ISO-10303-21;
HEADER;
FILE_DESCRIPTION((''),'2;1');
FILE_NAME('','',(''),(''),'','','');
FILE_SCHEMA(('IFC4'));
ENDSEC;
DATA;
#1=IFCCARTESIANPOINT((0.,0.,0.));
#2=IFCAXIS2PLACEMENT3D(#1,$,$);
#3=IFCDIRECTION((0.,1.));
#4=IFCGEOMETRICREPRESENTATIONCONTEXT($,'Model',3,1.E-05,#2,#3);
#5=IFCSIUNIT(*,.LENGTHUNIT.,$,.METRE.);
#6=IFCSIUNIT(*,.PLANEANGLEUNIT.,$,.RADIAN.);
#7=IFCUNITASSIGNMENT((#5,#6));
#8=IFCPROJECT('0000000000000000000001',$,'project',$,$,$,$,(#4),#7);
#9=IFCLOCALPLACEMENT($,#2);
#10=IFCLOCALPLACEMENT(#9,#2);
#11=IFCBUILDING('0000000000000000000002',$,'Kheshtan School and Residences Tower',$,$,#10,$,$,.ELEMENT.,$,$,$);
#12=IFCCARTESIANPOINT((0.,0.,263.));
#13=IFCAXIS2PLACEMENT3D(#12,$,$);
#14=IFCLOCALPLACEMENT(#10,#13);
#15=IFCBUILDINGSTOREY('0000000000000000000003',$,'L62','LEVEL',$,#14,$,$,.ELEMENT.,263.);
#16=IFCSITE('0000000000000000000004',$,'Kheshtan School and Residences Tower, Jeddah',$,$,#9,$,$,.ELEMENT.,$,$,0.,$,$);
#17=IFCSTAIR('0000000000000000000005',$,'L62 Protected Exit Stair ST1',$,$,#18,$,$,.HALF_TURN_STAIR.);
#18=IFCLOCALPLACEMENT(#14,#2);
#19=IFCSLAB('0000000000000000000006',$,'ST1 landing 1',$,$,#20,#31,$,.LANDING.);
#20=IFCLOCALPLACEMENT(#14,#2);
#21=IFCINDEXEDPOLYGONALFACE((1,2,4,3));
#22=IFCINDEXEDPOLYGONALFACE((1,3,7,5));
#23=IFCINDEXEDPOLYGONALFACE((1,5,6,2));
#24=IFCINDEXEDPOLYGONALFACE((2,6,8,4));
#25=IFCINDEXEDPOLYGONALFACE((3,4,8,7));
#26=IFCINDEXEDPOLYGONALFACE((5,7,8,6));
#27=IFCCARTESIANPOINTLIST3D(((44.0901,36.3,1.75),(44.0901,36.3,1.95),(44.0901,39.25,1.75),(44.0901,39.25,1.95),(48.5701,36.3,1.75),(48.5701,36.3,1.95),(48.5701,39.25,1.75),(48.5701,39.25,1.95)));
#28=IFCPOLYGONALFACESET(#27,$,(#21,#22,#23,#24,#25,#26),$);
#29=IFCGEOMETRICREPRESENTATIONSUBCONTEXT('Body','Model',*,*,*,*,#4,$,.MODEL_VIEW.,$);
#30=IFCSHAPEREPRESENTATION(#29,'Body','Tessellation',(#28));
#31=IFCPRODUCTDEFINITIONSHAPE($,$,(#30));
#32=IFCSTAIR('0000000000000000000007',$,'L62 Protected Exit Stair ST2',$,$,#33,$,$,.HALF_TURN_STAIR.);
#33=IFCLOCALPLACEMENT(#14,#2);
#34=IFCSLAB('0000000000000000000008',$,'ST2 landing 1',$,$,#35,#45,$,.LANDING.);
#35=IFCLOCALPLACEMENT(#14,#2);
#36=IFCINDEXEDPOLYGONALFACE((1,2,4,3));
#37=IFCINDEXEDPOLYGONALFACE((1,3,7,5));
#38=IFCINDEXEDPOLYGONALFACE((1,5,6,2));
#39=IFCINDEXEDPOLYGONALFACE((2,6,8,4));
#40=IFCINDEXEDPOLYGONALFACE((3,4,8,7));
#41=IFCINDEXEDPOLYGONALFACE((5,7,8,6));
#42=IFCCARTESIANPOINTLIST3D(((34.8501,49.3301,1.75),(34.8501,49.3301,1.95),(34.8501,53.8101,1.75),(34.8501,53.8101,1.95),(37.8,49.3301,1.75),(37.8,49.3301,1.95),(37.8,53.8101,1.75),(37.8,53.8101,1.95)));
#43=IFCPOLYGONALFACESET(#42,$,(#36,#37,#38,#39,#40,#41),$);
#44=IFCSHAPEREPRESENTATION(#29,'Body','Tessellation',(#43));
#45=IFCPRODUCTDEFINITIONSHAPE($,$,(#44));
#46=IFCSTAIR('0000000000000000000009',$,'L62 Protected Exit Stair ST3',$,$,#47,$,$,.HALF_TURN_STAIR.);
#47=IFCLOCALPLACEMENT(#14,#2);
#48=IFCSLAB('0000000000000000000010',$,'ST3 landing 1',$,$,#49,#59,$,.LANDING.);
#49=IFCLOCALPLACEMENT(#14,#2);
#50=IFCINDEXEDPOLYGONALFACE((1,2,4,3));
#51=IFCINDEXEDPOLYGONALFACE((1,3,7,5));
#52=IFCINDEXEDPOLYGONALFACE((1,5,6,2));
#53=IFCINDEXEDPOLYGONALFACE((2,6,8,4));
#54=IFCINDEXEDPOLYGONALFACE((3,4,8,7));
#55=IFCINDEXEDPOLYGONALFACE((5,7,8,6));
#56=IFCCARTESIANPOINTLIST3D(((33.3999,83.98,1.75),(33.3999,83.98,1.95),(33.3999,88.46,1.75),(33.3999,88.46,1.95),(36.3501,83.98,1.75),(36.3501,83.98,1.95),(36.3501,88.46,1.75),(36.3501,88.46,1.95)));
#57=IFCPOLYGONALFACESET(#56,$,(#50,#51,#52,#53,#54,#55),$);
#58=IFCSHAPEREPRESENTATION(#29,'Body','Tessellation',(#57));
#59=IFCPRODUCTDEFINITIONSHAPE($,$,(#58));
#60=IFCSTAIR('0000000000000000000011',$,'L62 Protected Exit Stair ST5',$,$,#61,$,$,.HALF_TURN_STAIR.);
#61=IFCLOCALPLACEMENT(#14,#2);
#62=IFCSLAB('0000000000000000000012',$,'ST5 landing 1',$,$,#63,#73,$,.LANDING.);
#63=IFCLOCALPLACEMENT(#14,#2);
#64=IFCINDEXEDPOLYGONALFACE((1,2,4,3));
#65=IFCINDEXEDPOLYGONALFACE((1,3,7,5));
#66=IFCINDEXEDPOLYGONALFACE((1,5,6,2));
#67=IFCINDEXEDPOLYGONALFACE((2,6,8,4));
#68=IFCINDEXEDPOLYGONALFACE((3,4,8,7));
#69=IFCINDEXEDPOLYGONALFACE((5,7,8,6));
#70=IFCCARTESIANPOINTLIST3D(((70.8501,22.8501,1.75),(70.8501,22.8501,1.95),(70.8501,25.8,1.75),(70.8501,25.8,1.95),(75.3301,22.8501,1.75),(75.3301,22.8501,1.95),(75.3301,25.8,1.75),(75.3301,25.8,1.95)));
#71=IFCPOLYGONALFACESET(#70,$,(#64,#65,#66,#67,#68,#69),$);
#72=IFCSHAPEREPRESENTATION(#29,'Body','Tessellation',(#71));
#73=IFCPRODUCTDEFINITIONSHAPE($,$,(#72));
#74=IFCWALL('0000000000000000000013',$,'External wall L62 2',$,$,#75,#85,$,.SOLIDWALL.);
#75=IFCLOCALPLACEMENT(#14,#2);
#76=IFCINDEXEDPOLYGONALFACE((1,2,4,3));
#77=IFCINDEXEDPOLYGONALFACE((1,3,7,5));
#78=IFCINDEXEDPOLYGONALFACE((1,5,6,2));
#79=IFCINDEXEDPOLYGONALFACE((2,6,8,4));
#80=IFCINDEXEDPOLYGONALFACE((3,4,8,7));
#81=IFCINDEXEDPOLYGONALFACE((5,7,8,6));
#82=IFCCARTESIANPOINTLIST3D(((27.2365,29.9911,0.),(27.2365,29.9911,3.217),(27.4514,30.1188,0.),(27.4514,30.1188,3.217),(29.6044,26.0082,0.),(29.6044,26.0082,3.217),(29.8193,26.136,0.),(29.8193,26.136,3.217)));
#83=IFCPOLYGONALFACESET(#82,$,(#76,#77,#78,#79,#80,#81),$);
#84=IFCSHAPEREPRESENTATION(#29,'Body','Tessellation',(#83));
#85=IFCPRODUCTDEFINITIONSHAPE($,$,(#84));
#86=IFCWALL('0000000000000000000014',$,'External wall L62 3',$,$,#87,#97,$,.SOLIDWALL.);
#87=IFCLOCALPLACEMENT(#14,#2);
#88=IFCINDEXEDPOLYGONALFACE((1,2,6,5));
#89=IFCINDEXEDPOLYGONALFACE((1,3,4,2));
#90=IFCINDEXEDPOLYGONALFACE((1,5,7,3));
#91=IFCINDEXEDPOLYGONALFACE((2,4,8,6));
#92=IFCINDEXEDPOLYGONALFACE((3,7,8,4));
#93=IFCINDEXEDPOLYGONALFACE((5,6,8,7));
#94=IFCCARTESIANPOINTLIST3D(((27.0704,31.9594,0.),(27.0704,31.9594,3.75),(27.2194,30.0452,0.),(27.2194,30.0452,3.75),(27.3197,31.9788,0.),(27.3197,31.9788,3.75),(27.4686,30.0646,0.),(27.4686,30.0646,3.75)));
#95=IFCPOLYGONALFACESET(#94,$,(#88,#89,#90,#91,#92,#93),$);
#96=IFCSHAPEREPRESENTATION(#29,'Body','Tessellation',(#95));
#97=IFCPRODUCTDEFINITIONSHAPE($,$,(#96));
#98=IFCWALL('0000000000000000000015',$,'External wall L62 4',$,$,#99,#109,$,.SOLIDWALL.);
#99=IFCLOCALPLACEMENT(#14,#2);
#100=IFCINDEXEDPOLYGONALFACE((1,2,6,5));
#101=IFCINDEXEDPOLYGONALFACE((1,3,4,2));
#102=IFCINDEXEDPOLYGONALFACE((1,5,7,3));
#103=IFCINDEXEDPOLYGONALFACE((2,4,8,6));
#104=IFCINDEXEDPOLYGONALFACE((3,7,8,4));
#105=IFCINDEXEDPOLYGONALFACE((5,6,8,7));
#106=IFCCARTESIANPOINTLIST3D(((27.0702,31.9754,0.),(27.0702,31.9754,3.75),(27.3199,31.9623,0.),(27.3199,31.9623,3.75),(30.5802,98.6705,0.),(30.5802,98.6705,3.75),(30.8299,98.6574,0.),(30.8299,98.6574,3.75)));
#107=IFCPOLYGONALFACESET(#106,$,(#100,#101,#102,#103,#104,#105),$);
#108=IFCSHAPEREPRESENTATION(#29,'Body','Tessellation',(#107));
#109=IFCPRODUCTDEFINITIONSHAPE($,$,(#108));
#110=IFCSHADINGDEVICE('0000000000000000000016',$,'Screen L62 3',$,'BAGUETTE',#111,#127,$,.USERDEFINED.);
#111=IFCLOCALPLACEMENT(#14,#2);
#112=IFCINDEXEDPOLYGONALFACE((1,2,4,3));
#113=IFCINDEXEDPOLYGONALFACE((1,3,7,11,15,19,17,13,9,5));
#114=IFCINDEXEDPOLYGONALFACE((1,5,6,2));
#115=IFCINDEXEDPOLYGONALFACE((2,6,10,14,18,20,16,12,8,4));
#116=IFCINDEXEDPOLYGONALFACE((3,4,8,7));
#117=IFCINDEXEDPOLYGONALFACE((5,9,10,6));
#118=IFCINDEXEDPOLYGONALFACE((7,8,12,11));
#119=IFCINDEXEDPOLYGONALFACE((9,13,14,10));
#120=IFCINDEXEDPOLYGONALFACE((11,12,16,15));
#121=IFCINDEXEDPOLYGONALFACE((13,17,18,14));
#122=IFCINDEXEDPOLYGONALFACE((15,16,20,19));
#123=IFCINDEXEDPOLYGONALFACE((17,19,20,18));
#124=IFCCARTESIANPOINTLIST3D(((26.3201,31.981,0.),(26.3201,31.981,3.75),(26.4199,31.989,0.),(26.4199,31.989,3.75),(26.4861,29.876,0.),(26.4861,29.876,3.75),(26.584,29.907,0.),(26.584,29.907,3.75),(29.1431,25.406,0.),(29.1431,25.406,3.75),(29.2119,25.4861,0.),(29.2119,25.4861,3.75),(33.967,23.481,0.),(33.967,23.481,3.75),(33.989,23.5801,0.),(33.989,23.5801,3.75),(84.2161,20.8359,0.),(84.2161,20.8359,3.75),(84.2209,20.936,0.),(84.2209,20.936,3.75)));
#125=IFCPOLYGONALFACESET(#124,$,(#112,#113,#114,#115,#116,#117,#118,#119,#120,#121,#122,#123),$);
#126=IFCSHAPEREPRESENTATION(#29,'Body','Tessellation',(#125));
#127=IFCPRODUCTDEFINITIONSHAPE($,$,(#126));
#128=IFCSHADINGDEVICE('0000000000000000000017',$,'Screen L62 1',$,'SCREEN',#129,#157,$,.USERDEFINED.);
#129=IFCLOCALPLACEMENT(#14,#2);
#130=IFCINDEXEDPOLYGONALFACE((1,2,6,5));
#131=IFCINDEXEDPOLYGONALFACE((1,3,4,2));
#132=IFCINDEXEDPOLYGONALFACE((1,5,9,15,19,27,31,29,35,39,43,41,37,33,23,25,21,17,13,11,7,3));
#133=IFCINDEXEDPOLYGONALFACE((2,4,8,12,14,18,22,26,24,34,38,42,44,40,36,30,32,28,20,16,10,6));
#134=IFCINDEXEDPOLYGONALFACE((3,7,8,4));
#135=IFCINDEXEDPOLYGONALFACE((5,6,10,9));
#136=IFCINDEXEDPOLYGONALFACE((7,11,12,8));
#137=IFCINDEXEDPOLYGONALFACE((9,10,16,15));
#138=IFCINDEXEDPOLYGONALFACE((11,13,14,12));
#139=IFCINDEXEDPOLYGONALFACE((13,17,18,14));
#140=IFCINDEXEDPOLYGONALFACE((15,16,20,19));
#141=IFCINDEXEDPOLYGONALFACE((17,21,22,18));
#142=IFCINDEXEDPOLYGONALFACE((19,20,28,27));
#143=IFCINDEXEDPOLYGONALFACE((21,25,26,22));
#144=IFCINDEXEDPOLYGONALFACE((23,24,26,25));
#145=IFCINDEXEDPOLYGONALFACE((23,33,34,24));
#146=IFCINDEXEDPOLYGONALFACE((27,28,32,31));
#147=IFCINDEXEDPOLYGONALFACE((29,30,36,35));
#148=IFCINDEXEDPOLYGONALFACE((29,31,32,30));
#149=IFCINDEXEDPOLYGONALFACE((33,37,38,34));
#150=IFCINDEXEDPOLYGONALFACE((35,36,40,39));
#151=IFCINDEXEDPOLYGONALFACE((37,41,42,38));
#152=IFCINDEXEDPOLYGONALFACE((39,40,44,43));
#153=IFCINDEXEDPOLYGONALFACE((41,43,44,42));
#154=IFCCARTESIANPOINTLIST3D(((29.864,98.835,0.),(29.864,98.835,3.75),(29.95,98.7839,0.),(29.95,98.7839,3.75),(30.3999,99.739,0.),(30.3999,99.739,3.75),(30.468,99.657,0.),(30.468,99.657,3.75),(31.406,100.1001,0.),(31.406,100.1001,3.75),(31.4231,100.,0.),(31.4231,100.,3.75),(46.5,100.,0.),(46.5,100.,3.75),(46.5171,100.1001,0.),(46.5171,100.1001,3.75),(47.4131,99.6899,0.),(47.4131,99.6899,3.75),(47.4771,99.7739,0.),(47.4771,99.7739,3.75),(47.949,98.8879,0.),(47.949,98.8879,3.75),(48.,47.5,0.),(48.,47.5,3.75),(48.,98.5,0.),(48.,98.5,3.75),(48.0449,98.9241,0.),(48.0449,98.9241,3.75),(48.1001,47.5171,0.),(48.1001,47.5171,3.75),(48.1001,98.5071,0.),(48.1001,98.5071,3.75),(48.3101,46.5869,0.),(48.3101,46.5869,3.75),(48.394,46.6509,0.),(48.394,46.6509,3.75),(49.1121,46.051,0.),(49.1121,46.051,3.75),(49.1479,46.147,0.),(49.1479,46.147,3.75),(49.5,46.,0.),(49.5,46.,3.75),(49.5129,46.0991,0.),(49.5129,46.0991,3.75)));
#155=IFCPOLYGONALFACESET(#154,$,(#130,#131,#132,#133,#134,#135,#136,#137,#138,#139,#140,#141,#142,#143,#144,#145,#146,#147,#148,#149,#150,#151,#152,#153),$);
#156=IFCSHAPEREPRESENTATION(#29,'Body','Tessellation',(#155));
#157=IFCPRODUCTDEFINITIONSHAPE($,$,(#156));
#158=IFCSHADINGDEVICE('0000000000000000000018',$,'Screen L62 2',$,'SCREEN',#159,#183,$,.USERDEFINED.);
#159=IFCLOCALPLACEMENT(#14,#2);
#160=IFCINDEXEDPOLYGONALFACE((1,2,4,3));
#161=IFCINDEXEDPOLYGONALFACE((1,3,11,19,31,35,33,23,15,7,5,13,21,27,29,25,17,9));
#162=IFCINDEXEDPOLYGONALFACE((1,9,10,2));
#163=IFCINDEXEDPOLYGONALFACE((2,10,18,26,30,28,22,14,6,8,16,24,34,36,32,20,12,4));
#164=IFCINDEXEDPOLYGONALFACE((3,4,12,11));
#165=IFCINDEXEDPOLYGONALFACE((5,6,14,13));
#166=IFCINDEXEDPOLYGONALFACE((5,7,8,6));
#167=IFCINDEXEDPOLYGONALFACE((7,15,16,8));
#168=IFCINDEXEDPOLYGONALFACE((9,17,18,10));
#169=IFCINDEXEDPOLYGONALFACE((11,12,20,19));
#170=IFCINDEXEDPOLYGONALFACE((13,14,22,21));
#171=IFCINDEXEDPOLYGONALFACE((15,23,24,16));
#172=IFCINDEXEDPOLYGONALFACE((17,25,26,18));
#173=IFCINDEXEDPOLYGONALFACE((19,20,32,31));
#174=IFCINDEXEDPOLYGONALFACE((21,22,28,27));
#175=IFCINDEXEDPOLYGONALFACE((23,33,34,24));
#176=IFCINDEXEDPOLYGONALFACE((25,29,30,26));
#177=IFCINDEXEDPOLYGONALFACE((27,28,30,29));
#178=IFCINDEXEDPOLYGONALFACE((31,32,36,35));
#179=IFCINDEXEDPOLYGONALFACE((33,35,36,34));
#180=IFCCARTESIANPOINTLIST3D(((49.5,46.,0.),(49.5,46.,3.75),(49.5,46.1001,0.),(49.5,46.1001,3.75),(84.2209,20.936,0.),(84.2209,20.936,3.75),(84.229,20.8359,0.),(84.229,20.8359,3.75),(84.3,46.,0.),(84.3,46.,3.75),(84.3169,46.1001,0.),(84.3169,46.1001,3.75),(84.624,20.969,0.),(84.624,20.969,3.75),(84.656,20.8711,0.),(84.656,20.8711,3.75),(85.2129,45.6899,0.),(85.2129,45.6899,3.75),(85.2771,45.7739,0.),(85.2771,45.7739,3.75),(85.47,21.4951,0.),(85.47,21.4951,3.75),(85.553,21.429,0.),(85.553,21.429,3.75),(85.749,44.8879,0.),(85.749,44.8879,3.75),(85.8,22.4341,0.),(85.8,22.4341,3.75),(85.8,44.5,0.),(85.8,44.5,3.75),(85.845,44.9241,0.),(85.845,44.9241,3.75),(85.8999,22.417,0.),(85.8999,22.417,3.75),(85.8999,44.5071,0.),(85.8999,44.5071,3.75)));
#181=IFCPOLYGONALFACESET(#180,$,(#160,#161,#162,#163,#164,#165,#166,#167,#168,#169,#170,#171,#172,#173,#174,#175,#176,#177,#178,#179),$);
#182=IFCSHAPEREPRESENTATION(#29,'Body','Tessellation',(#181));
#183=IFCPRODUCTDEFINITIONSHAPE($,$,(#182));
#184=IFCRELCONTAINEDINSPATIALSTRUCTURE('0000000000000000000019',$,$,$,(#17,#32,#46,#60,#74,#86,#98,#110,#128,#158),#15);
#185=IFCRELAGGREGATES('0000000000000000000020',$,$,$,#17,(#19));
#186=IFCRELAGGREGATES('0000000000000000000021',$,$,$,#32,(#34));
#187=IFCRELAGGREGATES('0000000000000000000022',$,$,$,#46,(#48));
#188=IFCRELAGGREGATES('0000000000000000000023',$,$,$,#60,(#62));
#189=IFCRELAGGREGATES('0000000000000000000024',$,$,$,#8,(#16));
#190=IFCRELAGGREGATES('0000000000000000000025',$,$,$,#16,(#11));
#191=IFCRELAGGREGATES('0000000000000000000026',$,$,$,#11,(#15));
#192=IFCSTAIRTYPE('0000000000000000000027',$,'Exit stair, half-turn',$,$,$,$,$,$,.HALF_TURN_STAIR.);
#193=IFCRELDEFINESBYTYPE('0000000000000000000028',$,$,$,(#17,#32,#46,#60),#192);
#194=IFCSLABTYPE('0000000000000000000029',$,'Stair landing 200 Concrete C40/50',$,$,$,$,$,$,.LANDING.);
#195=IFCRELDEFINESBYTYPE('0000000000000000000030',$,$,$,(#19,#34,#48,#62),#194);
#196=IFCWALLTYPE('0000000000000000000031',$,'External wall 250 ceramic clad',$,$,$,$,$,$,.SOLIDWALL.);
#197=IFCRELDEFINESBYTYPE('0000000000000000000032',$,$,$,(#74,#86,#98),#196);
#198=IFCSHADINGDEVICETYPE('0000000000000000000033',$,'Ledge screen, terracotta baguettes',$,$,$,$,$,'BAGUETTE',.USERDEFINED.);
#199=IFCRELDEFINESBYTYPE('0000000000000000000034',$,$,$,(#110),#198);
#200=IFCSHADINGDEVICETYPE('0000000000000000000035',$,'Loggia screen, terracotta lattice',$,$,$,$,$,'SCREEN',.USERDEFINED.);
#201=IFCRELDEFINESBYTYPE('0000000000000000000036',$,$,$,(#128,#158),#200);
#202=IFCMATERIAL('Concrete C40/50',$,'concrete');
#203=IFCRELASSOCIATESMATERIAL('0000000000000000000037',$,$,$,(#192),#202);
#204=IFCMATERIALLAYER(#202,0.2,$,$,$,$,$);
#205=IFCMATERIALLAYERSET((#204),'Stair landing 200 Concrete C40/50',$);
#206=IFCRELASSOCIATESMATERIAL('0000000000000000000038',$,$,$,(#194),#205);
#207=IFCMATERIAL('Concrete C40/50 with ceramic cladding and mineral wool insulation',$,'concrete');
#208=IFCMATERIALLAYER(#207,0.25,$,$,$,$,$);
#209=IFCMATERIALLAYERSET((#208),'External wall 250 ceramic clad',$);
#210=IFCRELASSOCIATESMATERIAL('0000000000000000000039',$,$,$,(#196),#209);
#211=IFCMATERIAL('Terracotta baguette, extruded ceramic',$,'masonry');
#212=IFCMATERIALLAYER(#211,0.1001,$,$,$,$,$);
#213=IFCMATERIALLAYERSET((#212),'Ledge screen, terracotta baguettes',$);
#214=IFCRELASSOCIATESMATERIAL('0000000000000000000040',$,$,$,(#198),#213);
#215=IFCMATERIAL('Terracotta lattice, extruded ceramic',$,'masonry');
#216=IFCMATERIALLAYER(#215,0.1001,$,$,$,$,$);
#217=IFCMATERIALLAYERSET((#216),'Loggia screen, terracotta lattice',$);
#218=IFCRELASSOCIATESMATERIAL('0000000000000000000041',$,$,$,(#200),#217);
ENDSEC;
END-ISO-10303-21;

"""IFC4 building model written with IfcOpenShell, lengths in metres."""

from ifc_helpers import new_model, si_unit, direction, frame, frame_2d, origin, place, context, subcontext, project, spatial, polyline, rectangle, outline, extrude, material, layer, layer_set, type_object, element, aggregate, save


model = new_model("IFC4")

# Units and contexts
model_context = context("Model", 3, precision=1e-05, world=origin(), true_north=direction((0.0, 1.0)))
body_context = subcontext(model_context, "Body", "Model", "MODEL_VIEW")
ifc_project = project(units=[si_unit("LENGTHUNIT", "METRE"), si_unit("PLANEANGLEUNIT", "RADIAN")], contexts=[model_context])

# Site, building, storey
site_placement = place(None, origin())
site = spatial("IfcSite", under=ifc_project, at=site_placement, Name="Kheshtan School and Residences Tower, Jeddah", CompositionType="ELEMENT", RefElevation=0.0)
building_placement = place(site_placement, origin())
building = spatial("IfcBuilding", under=site, at=building_placement, Name="Kheshtan School and Residences Tower", CompositionType="ELEMENT")
storey_placement = place(building_placement, frame((0.0, 0.0, 263.0)))
storey = spatial("IfcBuildingStorey", under=building, at=storey_placement, Name="L62", Description="LEVEL", CompositionType="ELEMENT", Elevation=263.0)

# Shared definitions
ifc_material_1 = material(Name="Concrete C40/50", Category="concrete")

# Stairs, slabs
stair_type = type_object("IfcStairType", Name="Exit stair, half-turn", PredefinedType="HALF_TURN_STAIR", material=ifc_material_1)
stair_1_placement = place(storey_placement, origin())
stair_1 = element("IfcStair", 1, at=stair_1_placement, inside=storey, type_object=stair_type, Name="L62 Protected Exit Stair ST1", PredefinedType="HALF_TURN_STAIR")
ifc_layer_1 = layer(ifc_material_1, 0.2)
ifc_layer_set_1 = layer_set([ifc_layer_1], Name="Stair landing 200 Concrete C40/50")
slab_type_1 = type_object("IfcSlabType", Name="Stair landing 200 Concrete C40/50", PredefinedType="LANDING", material=ifc_layer_set_1)
slab_1_placement = place(storey_placement, frame((0.0, 0.0, 1.75)))
slab_1 = element("IfcSlab", 2, at=slab_1_placement, type_object=slab_type_1, Name="ST1 landing 1", PredefinedType="LANDING", context=body_context, shape_type="SweptSolid", body=[
    extrude(outline(polyline([(48.5701, 39.25), (44.0901, 39.25), (44.0901, 36.3), (48.5701, 36.3), (48.5701, 39.25)])), origin(), (0.0, 0.0, 1.0), 0.2),
])
aggregate(stair_1, [slab_1])
stair_2_placement = place(storey_placement, origin())
stair_2 = element("IfcStair", 3, at=stair_2_placement, inside=storey, type_object=stair_type, Name="L62 Protected Exit Stair ST2", PredefinedType="HALF_TURN_STAIR")
slab_2_placement = place(storey_placement, frame((0.0, 0.0, 1.75)))
slab_2 = element("IfcSlab", 4, at=slab_2_placement, type_object=slab_type_1, Name="ST2 landing 1", PredefinedType="LANDING", context=body_context, shape_type="SweptSolid", body=[
    extrude(outline(polyline([(37.8, 49.3301), (37.8, 53.8101), (34.8501, 53.8101), (34.8501, 49.3301), (37.8, 49.3301)])), origin(), (0.0, 0.0, 1.0), 0.2),
])
aggregate(stair_2, [slab_2])
stair_3_placement = place(storey_placement, origin())
stair_3 = element("IfcStair", 5, at=stair_3_placement, inside=storey, type_object=stair_type, Name="L62 Protected Exit Stair ST3", PredefinedType="HALF_TURN_STAIR")
slab_3_placement = place(storey_placement, frame((0.0, 0.0, 1.75)))
slab_3 = element("IfcSlab", 6, at=slab_3_placement, type_object=slab_type_1, Name="ST3 landing 1", PredefinedType="LANDING", context=body_context, shape_type="SweptSolid", body=[
    extrude(outline(polyline([(36.3501, 83.98), (36.3501, 88.46), (33.3999, 88.46), (33.3999, 83.98), (36.3501, 83.98)])), origin(), (0.0, 0.0, 1.0), 0.2),
])
aggregate(stair_3, [slab_3])
stair_4_placement = place(storey_placement, origin())
stair_4 = element("IfcStair", 7, at=stair_4_placement, inside=storey, type_object=stair_type, Name="L62 Protected Exit Stair ST5", PredefinedType="HALF_TURN_STAIR")
slab_4_placement = place(storey_placement, frame((0.0, 0.0, 1.75)))
slab_4 = element("IfcSlab", 8, at=slab_4_placement, type_object=slab_type_1, Name="ST5 landing 1", PredefinedType="LANDING", context=body_context, shape_type="SweptSolid", body=[
    extrude(outline(polyline([(75.3301, 25.8), (70.8501, 25.8), (70.8501, 22.8501), (75.3301, 22.8501), (75.3301, 25.8)])), origin(), (0.0, 0.0, 1.0), 0.2),
])
aggregate(stair_4, [slab_4])

# Walls
ifc_material_2 = material(Name="Concrete C40/50 with ceramic cladding and mineral wool insulation", Category="concrete")
ifc_layer_2 = layer(ifc_material_2, 0.25)
ifc_layer_set_2 = layer_set([ifc_layer_2], Name="External wall 250 ceramic clad")
wall_type = type_object("IfcWallType", Name="External wall 250 ceramic clad", PredefinedType="SOLIDWALL", material=ifc_layer_set_2)
wall_1_placement = place(storey_placement, frame((29.7119, 26.072, 0.0), z_axis=(0.0, 0.0, 1.0), x_axis=(-0.511028, 0.859564, 0.0)))
element("IfcWall", 9, at=wall_1_placement, inside=storey, type_object=wall_type, Name="External wall L62 2", PredefinedType="SOLIDWALL", context=body_context, shape_type="SweptSolid", body=[
    extrude(rectangle(XDim=4.6335, YDim=0.25, at=frame_2d((2.3169, 0.0))), origin(), (0.0, 0.0, 1.0), 3.217),
])
wall_2_placement = place(storey_placement, frame((27.344, 30.0549, 0.0), z_axis=(0.0, 0.0, 1.0), x_axis=(-0.077572, 0.996987, 0.0)))
element("IfcWall", 10, at=wall_2_placement, inside=storey, type_object=wall_type, Name="External wall L62 3", PredefinedType="SOLIDWALL", context=body_context, shape_type="SweptSolid", body=[
    extrude(rectangle(XDim=1.9199, YDim=0.25, at=frame_2d((0.96, 0.0))), origin(), (0.0, 0.0, 1.0), 3.75),
])
wall_3_placement = place(storey_placement, frame((27.1951, 31.969, 0.0), z_axis=(0.0, 0.0, 1.0), x_axis=(0.052555, 0.998618, 0.0)))
element("IfcWall", 11, at=wall_3_placement, inside=storey, type_object=wall_type, Name="External wall L62 4", PredefinedType="SOLIDWALL", context=body_context, shape_type="SweptSolid", body=[
    extrude(rectangle(XDim=66.7874, YDim=0.25, at=frame_2d((33.3936, 0.0))), origin(), (0.0, 0.0, 1.0), 3.75),
])

# Shading devices
ifc_material_3 = material(Name="Terracotta baguette, extruded ceramic", Category="masonry")
ifc_layer_3 = layer(ifc_material_3, 0.1001)
ifc_layer_set_3 = layer_set([ifc_layer_3], Name="Ledge screen, terracotta baguettes")
shading_device_type_1 = type_object("IfcShadingDeviceType", Name="Ledge screen, terracotta baguettes", ElementType="BAGUETTE", PredefinedType="USERDEFINED", material=ifc_layer_set_3)
shading_device_1_placement = place(storey_placement, origin())
element("IfcShadingDevice", 12, at=shading_device_1_placement, inside=storey, type_object=shading_device_type_1, Name="Screen L62 3", ObjectType="BAGUETTE", PredefinedType="USERDEFINED", context=body_context, shape_type="SweptSolid", body=[
    extrude(outline(polyline([(84.2209, 20.936), (33.989, 23.5801), (29.2119, 25.4861), (26.584, 29.907), (26.4199, 31.989), (26.3201, 31.981), (26.4861, 29.876), (29.1431, 25.406), (33.967, 23.481), (84.2161, 20.8359), (84.2209, 20.936)])), origin(), (0.0, 0.0, 1.0), 3.75),
])
ifc_material_4 = material(Name="Terracotta lattice, extruded ceramic", Category="masonry")
ifc_layer_4 = layer(ifc_material_4, 0.1001)
ifc_layer_set_4 = layer_set([ifc_layer_4], Name="Loggia screen, terracotta lattice")
shading_device_type_2 = type_object("IfcShadingDeviceType", Name="Loggia screen, terracotta lattice", ElementType="SCREEN", PredefinedType="USERDEFINED", material=ifc_layer_set_4)
shading_device_2_placement = place(storey_placement, origin())
element("IfcShadingDevice", 13, at=shading_device_2_placement, inside=storey, type_object=shading_device_type_2, Name="Screen L62 1", ObjectType="SCREEN", PredefinedType="USERDEFINED", context=body_context, shape_type="SweptSolid", body=[
    extrude(outline(polyline([(29.95, 98.7839), (30.468, 99.657), (31.4231, 100.0), (46.5, 100.0), (47.4131, 99.6899), (47.949, 98.8879), (48.0, 98.5), (48.0, 47.5), (48.3101, 46.5869), (49.1121, 46.051), (49.5, 46.0), (49.5129, 46.0991), (49.1479, 46.147), (48.394, 46.6509), (48.1001, 47.5171), (48.1001, 98.5071), (48.0449, 98.9241), (47.4771, 99.7739), (46.5171, 100.1001), (31.406, 100.1001), (30.3999, 99.739), (29.864, 98.835), (29.95, 98.7839)])), origin(), (0.0, 0.0, 1.0), 3.75),
])
shading_device_3_placement = place(storey_placement, origin())
element("IfcShadingDevice", 14, at=shading_device_3_placement, inside=storey, type_object=shading_device_type_2, Name="Screen L62 2", ObjectType="SCREEN", PredefinedType="USERDEFINED", context=body_context, shape_type="SweptSolid", body=[
    extrude(outline(polyline([(49.5, 46.0), (84.3, 46.0), (85.2129, 45.6899), (85.749, 44.8879), (85.8, 44.5), (85.8, 22.4341), (85.47, 21.4951), (84.624, 20.969), (84.2209, 20.936), (84.229, 20.8359), (84.656, 20.8711), (85.553, 21.429), (85.8999, 22.417), (85.8999, 44.5071), (85.845, 44.9241), (85.2771, 45.7739), (84.3169, 46.1001), (49.5, 46.1001), (49.5, 46.0)])), origin(), (0.0, 0.0, 1.0), 3.75),
])

save(model, "model.ifc")
